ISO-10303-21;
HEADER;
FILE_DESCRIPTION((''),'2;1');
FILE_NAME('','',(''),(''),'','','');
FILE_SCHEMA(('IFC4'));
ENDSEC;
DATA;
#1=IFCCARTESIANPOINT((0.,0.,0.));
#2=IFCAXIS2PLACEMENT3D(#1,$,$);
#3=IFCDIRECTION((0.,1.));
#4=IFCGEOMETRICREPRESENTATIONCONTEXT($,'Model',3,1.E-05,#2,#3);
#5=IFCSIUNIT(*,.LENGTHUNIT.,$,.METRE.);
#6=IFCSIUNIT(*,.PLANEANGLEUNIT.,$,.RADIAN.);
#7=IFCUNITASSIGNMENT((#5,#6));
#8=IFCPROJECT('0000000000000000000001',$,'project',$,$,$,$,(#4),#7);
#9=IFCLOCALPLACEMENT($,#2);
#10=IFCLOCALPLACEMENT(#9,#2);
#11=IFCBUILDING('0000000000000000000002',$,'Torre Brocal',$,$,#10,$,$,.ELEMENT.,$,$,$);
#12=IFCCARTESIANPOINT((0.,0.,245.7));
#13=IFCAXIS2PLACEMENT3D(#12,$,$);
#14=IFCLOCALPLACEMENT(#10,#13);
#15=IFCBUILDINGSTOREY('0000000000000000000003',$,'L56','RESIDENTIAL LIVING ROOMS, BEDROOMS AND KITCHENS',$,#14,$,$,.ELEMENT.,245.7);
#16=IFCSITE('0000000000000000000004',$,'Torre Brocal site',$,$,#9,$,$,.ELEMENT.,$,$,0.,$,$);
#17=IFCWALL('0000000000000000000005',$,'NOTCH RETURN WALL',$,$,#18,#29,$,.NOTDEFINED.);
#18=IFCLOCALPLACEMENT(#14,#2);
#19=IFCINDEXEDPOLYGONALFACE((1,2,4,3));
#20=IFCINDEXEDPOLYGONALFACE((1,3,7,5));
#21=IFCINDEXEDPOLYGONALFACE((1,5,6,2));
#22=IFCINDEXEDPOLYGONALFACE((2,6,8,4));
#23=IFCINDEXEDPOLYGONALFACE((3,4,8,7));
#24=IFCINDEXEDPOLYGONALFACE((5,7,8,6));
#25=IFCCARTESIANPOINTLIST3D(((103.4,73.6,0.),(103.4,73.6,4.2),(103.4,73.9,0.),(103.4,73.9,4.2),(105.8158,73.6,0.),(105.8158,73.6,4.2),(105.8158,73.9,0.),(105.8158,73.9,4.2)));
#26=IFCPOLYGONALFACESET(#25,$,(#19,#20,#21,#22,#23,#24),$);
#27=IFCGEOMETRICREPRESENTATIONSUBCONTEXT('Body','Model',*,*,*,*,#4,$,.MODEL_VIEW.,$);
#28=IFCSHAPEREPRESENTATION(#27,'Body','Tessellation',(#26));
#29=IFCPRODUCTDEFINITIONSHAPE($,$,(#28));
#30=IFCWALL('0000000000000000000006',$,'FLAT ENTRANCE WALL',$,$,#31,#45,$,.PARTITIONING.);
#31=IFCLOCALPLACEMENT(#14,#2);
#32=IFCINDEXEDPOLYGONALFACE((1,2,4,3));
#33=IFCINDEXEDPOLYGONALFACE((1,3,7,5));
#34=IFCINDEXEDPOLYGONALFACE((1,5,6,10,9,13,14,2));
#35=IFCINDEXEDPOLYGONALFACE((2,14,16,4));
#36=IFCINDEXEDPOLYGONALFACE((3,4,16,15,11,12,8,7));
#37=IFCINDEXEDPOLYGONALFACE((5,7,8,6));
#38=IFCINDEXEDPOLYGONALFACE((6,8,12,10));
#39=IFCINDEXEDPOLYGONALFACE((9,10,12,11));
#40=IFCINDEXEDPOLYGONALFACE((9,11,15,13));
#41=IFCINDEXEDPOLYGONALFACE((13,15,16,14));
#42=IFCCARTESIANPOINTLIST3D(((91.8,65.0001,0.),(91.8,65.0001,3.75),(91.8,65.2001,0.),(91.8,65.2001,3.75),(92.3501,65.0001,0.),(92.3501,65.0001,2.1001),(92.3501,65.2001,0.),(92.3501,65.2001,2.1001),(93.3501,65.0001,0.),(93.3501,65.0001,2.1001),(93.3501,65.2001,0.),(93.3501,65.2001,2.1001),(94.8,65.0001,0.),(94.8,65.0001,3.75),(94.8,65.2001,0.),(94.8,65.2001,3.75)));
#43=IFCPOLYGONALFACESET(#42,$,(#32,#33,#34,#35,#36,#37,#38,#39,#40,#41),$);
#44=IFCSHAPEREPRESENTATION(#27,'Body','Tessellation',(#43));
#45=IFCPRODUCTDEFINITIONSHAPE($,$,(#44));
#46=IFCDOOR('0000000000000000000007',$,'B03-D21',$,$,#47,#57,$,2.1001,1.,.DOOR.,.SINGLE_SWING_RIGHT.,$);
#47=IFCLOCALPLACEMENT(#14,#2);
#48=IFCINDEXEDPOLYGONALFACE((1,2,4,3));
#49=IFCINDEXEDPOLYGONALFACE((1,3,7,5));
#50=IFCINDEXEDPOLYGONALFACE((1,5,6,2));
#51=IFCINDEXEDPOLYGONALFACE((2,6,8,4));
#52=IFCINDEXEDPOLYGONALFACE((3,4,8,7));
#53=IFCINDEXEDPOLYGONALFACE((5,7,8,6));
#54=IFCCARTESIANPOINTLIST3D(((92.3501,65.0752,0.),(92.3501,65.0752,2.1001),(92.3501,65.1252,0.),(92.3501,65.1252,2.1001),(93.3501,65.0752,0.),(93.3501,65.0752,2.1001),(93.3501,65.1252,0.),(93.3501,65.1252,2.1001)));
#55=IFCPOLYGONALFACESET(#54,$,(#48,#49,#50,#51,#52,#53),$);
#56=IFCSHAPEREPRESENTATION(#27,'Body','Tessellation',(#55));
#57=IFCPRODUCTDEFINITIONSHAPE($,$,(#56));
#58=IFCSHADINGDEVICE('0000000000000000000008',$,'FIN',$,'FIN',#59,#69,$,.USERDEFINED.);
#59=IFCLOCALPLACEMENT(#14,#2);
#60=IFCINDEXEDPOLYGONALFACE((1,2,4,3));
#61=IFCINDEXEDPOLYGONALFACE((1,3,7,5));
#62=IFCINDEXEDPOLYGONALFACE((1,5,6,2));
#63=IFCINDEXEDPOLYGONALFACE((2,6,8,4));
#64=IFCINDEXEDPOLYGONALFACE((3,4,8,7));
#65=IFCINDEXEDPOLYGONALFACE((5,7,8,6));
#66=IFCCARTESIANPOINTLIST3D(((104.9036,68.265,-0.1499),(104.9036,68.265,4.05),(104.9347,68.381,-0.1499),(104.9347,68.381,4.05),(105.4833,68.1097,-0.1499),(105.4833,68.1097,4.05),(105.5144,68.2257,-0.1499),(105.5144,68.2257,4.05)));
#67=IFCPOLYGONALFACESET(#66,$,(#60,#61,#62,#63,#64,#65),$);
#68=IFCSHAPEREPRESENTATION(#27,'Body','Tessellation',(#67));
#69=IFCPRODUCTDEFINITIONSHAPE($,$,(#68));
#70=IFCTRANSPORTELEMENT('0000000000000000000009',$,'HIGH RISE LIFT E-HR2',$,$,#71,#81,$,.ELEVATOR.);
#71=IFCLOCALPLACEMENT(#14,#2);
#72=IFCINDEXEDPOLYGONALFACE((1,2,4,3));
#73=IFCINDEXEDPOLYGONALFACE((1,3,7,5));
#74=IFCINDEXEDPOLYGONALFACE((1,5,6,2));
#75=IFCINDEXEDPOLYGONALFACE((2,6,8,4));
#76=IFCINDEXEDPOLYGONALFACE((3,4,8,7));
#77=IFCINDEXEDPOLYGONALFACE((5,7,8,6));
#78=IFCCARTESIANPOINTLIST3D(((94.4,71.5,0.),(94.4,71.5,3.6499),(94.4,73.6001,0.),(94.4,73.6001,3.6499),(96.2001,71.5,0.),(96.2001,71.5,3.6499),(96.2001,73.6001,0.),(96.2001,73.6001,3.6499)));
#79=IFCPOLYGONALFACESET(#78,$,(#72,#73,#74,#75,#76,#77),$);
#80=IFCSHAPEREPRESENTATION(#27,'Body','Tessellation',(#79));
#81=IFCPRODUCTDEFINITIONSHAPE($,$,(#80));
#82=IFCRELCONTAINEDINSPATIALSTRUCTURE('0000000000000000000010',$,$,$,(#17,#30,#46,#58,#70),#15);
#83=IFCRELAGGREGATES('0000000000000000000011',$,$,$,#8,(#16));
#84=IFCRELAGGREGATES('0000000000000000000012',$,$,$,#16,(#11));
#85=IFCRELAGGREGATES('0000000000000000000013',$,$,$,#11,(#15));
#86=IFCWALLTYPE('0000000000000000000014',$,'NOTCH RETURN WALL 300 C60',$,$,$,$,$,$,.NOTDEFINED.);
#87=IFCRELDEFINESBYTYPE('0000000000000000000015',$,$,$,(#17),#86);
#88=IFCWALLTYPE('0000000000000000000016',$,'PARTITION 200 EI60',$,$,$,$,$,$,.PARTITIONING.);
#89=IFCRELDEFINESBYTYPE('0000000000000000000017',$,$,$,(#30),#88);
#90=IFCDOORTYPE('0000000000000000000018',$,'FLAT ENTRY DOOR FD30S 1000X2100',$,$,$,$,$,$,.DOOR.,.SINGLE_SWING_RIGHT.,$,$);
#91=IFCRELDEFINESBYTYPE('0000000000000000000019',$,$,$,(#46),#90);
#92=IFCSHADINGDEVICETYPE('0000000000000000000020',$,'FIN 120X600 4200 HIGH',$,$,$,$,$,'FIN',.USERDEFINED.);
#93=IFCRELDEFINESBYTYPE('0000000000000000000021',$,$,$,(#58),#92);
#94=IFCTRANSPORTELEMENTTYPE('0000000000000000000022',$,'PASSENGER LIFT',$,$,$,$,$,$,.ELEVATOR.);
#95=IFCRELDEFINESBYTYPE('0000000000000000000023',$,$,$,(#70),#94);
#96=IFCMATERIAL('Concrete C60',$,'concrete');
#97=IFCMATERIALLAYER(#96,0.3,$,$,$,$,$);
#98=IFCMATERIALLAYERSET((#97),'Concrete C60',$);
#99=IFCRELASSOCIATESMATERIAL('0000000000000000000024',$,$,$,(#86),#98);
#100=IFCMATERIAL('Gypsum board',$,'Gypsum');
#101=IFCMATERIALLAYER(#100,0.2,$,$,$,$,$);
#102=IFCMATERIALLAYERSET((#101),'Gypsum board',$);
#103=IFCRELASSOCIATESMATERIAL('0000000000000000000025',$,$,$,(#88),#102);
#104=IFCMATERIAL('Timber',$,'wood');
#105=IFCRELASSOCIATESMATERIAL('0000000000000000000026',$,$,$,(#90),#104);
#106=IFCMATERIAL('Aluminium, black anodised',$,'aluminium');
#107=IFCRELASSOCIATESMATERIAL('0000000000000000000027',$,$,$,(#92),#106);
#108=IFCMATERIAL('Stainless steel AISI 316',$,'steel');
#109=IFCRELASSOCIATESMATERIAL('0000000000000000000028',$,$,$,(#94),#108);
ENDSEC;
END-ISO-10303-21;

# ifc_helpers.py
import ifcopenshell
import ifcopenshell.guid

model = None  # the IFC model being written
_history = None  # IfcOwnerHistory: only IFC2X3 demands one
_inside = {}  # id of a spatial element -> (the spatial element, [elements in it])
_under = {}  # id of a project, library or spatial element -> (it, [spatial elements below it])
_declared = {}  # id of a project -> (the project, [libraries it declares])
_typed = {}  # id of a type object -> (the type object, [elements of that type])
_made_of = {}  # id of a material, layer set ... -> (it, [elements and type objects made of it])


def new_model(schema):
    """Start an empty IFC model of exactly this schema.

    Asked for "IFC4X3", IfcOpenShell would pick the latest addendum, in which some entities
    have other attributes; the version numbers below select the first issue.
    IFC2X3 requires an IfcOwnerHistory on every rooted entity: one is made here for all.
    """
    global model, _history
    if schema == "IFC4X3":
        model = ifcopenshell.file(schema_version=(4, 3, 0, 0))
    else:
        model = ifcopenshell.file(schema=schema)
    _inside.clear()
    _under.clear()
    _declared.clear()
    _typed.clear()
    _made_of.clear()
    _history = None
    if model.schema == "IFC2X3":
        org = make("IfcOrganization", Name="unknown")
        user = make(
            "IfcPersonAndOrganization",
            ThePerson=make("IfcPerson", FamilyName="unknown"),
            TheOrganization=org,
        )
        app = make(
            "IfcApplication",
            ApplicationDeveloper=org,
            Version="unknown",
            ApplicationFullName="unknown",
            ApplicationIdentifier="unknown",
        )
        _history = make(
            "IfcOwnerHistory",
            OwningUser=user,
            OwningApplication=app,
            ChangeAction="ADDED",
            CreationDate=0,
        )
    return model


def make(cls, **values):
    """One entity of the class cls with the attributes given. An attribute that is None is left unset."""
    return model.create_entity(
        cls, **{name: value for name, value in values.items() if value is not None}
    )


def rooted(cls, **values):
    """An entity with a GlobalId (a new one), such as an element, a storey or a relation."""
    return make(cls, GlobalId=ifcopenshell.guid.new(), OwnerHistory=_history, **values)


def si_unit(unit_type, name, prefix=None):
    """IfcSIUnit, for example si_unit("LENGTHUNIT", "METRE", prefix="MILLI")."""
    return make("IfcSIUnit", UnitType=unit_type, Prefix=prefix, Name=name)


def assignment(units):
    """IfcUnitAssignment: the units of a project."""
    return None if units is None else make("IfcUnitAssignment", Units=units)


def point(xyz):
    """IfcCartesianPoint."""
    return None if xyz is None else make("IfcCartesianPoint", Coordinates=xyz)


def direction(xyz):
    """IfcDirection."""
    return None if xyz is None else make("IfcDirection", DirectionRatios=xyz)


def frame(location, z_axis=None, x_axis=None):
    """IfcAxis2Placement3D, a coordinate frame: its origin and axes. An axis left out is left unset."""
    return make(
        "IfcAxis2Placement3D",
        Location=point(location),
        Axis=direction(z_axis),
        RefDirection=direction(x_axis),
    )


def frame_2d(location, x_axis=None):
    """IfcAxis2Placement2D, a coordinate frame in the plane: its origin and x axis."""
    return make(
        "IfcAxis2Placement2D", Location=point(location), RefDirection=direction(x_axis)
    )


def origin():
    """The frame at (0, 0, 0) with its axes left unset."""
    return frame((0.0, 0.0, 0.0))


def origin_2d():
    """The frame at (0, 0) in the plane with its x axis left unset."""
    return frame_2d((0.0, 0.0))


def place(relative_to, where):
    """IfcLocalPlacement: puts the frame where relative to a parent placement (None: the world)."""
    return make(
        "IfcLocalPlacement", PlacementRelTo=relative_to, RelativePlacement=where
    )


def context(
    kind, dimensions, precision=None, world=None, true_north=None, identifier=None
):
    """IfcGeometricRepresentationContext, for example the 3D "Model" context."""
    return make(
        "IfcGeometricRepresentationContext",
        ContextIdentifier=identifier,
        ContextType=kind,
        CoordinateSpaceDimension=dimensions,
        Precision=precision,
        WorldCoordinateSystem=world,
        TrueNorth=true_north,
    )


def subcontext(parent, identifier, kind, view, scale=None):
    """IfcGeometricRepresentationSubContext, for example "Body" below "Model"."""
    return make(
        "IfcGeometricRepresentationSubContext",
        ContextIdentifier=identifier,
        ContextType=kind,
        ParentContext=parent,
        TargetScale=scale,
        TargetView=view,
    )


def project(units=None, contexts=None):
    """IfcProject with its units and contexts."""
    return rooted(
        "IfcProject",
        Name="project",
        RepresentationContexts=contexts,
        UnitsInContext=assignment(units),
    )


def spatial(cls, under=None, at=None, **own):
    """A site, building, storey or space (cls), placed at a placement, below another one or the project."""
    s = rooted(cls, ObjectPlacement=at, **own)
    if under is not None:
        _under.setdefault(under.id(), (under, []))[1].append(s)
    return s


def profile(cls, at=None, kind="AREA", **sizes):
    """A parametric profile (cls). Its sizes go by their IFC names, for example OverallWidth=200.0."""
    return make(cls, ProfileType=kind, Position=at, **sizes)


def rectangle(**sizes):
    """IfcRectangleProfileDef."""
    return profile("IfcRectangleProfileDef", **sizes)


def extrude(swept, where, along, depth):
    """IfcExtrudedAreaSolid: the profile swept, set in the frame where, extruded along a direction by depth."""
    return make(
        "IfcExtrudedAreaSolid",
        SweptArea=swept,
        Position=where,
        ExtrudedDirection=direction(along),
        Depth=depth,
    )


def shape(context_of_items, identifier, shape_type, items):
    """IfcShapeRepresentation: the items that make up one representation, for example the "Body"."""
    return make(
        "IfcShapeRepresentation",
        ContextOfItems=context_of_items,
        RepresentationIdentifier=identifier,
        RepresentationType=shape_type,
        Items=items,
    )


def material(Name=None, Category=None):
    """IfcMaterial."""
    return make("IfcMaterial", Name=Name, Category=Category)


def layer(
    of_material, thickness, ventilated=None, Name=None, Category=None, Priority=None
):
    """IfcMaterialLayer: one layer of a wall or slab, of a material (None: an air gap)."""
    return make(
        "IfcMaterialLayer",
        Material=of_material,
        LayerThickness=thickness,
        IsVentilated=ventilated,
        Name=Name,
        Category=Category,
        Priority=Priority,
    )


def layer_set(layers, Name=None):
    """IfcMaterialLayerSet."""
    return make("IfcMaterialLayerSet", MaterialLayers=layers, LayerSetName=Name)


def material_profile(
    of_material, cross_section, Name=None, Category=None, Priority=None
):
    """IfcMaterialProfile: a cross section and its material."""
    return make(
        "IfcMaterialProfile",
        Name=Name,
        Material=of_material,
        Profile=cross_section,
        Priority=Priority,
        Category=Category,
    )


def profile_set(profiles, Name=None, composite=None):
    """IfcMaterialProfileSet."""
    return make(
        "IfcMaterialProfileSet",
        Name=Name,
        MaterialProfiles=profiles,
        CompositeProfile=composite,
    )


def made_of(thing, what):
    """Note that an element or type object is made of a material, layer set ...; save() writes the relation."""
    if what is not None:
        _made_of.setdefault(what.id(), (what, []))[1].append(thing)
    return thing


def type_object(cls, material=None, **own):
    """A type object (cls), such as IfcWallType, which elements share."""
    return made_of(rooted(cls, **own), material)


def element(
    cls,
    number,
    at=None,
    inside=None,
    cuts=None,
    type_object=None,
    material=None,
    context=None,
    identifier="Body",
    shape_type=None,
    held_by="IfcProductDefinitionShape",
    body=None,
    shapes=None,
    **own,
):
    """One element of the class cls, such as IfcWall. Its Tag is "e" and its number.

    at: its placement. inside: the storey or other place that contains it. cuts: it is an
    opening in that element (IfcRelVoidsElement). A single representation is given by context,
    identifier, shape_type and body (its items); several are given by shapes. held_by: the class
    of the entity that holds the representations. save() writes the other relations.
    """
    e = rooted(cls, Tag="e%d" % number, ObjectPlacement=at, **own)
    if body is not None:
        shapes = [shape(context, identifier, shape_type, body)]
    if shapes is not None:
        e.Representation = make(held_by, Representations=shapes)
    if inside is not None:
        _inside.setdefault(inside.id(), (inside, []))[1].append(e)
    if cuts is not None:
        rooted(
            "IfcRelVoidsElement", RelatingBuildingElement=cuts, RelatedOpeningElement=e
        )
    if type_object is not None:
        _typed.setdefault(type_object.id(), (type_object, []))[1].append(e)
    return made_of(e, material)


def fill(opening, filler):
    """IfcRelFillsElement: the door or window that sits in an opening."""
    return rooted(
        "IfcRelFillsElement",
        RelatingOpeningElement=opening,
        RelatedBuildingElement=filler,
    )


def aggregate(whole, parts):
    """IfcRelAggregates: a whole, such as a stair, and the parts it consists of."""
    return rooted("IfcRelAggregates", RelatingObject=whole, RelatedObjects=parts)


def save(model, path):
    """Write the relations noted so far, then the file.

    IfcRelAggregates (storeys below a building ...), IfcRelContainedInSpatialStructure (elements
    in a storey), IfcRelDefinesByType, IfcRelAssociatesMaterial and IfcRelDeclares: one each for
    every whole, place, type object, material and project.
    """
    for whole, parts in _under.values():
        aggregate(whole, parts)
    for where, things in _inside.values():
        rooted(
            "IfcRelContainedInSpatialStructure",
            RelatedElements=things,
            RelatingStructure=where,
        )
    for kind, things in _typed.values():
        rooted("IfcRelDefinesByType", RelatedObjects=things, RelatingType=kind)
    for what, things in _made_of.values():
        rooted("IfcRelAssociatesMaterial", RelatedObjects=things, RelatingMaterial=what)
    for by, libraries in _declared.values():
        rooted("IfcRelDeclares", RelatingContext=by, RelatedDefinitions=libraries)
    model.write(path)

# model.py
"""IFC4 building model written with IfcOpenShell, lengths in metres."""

from ifc_helpers import new_model, si_unit, direction, frame, frame_2d, origin, origin_2d, place, context, subcontext, project, spatial, rectangle, extrude, material, layer, layer_set, material_profile, profile_set, type_object, element, fill, save


model = new_model("IFC4")

# Units and contexts
model_context = context("Model", 3, precision=1e-05, world=origin(), true_north=direction((0.0, 1.0)))
body_context = subcontext(model_context, "Body", "Model", "MODEL_VIEW")
ifc_project = project(units=[si_unit("LENGTHUNIT", "METRE"), si_unit("PLANEANGLEUNIT", "RADIAN")], contexts=[model_context])

# Site, building, storey
site_placement = place(None, origin())
site = spatial("IfcSite", under=ifc_project, at=site_placement, Name="Torre Brocal site", CompositionType="ELEMENT", RefElevation=0.0)
building_placement = place(site_placement, origin())
building = spatial("IfcBuilding", under=site, at=building_placement, Name="Torre Brocal", CompositionType="ELEMENT")
storey_placement = place(building_placement, frame((0.0, 0.0, 245.7)))
storey = spatial("IfcBuildingStorey", under=building, at=storey_placement, Name="L56", Description="RESIDENTIAL LIVING ROOMS, BEDROOMS AND KITCHENS", CompositionType="ELEMENT", Elevation=245.7)

# Wall
ifc_material_1 = material(Name="Concrete C60", Category="concrete")
ifc_layer_1 = layer(ifc_material_1, 0.3)
ifc_layer_set_1 = layer_set([ifc_layer_1], Name="Concrete C60")
wall_type_1 = type_object("IfcWallType", Name="NOTCH RETURN WALL 300 C60", PredefinedType="NOTDEFINED", material=ifc_layer_set_1)
wall_1_placement = place(storey_placement, frame((103.3999, 73.75, 0.0), z_axis=(0.0, 0.0, 1.0), x_axis=(1.0, 0.0, 0.0)))
element("IfcWall", 1, at=wall_1_placement, inside=storey, type_object=wall_type_1, Name="NOTCH RETURN WALL", PredefinedType="NOTDEFINED", context=body_context, shape_type="SweptSolid", body=[
    extrude(rectangle(XDim=2.4158, YDim=0.3, at=frame_2d((1.208, 0.0))), origin(), (0.0, 0.0, 1.0), 4.2),
])

# Wall, opening, door
ifc_material_2 = material(Name="Gypsum board", Category="Gypsum")
ifc_layer_2 = layer(ifc_material_2, 0.2)
ifc_layer_set_2 = layer_set([ifc_layer_2], Name="Gypsum board")
wall_type_2 = type_object("IfcWallType", Name="PARTITION 200 EI60", PredefinedType="PARTITIONING", material=ifc_layer_set_2)
wall_2_placement = place(storey_placement, frame((91.8, 65.1001, 0.0), z_axis=(0.0, 0.0, 1.0), x_axis=(1.0, 0.0, 0.0)))
wall_2 = element("IfcWall", 2, at=wall_2_placement, inside=storey, type_object=wall_type_2, Name="FLAT ENTRANCE WALL", PredefinedType="PARTITIONING", context=body_context, shape_type="SweptSolid", body=[
    extrude(rectangle(XDim=3.0, YDim=0.2, at=frame_2d((1.5, 0.0))), origin(), (0.0, 0.0, 1.0), 3.75),
])
opening_1_placement = place(wall_2_placement, frame((0.55, 0.0, 0.0)))
opening_1 = element("IfcOpeningElement", 3, at=opening_1_placement, cuts=wall_2, PredefinedType="OPENING", context=body_context, shape_type="SweptSolid", body=[
    extrude(rectangle(XDim=1.0, YDim=2.1001, at=frame_2d((0.5, 1.05))), frame((0.0, 0.1099, 0.0), z_axis=(0.0, -1.0, 0.0), x_axis=(1.0, 0.0, 0.0)), (0.0, 0.0, 1.0), 0.22),
])
ifc_material_3 = material(Name="Timber", Category="wood")
door_type_1 = type_object("IfcDoorType", Name="FLAT ENTRY DOOR FD30S 1000X2100", OperationType="SINGLE_SWING_RIGHT", PredefinedType="DOOR", material=ifc_material_3)
door_1_placement = place(opening_1_placement, frame((1.0, 0.0, 0.0), z_axis=(0.0, 0.0, 1.0), x_axis=(-1.0, 0.0, 0.0)))
door_1 = element("IfcDoor", 4, at=door_1_placement, inside=storey, type_object=door_type_1, Name="B03-D21", OperationType="SINGLE_SWING_RIGHT", OverallHeight=2.1001, OverallWidth=1.0, PredefinedType="DOOR", context=body_context, shape_type="SweptSolid", body=[
    extrude(rectangle(XDim=1.0, YDim=2.1001, at=frame_2d((0.5, 1.05))), frame((0.0, 0.0249, 0.0), z_axis=(0.0, -1.0, 0.0), x_axis=(1.0, 0.0, 0.0)), (0.0, 0.0, 1.0), 0.05),
])
fill(opening_1, door_1)

# Shading device
ifc_material_4 = material(Name="Aluminium, black anodised", Category="aluminium")
ifc_material_profile_1 = material_profile(ifc_material_4, rectangle(XDim=0.1201, YDim=0.6001, at=origin_2d()), Name="FIN 120X600 4200 HIGH")
ifc_profile_set_1 = profile_set([ifc_material_profile_1], Name="Aluminium, black anodised")
shading_device_type = type_object("IfcShadingDeviceType", Name="FIN 120X600 4200 HIGH", ElementType="FIN", PredefinedType="USERDEFINED", material=ifc_profile_set_1)
shading_device_placement = place(storey_placement, frame((105.209, 68.2454, -0.1499), z_axis=(0.0, 0.0, 1.0), x_axis=(0.258819, 0.965926, 0.0)))
element("IfcShadingDevice", 5, at=shading_device_placement, inside=storey, type_object=shading_device_type, Name="FIN", ObjectType="FIN", PredefinedType="USERDEFINED", context=body_context, shape_type="SweptSolid", body=[
    extrude(rectangle(XDim=0.1201, YDim=0.6001, at=origin_2d()), origin(), (0.0, 0.0, 1.0), 4.2),
])

# Transport element
ifc_material_5 = material(Name="Stainless steel AISI 316", Category="steel")
transport_element_type = type_object("IfcTransportElementType", Name="PASSENGER LIFT", PredefinedType="ELEVATOR", material=ifc_material_5)
transport_element_placement = place(storey_placement, frame((95.3, 72.55, 0.0), z_axis=(0.0, 0.0, 1.0), x_axis=(1.0, 0.0, 0.0)))
element("IfcTransportElement", 6, at=transport_element_placement, inside=storey, type_object=transport_element_type, Name="HIGH RISE LIFT E-HR2", PredefinedType="ELEVATOR", context=body_context, shape_type="SweptSolid", body=[
    extrude(rectangle(XDim=1.8, YDim=2.1001, at=origin_2d()), origin(), (0.0, 0.0, 1.0), 3.6499),
])

save(model, "model.ifc")
